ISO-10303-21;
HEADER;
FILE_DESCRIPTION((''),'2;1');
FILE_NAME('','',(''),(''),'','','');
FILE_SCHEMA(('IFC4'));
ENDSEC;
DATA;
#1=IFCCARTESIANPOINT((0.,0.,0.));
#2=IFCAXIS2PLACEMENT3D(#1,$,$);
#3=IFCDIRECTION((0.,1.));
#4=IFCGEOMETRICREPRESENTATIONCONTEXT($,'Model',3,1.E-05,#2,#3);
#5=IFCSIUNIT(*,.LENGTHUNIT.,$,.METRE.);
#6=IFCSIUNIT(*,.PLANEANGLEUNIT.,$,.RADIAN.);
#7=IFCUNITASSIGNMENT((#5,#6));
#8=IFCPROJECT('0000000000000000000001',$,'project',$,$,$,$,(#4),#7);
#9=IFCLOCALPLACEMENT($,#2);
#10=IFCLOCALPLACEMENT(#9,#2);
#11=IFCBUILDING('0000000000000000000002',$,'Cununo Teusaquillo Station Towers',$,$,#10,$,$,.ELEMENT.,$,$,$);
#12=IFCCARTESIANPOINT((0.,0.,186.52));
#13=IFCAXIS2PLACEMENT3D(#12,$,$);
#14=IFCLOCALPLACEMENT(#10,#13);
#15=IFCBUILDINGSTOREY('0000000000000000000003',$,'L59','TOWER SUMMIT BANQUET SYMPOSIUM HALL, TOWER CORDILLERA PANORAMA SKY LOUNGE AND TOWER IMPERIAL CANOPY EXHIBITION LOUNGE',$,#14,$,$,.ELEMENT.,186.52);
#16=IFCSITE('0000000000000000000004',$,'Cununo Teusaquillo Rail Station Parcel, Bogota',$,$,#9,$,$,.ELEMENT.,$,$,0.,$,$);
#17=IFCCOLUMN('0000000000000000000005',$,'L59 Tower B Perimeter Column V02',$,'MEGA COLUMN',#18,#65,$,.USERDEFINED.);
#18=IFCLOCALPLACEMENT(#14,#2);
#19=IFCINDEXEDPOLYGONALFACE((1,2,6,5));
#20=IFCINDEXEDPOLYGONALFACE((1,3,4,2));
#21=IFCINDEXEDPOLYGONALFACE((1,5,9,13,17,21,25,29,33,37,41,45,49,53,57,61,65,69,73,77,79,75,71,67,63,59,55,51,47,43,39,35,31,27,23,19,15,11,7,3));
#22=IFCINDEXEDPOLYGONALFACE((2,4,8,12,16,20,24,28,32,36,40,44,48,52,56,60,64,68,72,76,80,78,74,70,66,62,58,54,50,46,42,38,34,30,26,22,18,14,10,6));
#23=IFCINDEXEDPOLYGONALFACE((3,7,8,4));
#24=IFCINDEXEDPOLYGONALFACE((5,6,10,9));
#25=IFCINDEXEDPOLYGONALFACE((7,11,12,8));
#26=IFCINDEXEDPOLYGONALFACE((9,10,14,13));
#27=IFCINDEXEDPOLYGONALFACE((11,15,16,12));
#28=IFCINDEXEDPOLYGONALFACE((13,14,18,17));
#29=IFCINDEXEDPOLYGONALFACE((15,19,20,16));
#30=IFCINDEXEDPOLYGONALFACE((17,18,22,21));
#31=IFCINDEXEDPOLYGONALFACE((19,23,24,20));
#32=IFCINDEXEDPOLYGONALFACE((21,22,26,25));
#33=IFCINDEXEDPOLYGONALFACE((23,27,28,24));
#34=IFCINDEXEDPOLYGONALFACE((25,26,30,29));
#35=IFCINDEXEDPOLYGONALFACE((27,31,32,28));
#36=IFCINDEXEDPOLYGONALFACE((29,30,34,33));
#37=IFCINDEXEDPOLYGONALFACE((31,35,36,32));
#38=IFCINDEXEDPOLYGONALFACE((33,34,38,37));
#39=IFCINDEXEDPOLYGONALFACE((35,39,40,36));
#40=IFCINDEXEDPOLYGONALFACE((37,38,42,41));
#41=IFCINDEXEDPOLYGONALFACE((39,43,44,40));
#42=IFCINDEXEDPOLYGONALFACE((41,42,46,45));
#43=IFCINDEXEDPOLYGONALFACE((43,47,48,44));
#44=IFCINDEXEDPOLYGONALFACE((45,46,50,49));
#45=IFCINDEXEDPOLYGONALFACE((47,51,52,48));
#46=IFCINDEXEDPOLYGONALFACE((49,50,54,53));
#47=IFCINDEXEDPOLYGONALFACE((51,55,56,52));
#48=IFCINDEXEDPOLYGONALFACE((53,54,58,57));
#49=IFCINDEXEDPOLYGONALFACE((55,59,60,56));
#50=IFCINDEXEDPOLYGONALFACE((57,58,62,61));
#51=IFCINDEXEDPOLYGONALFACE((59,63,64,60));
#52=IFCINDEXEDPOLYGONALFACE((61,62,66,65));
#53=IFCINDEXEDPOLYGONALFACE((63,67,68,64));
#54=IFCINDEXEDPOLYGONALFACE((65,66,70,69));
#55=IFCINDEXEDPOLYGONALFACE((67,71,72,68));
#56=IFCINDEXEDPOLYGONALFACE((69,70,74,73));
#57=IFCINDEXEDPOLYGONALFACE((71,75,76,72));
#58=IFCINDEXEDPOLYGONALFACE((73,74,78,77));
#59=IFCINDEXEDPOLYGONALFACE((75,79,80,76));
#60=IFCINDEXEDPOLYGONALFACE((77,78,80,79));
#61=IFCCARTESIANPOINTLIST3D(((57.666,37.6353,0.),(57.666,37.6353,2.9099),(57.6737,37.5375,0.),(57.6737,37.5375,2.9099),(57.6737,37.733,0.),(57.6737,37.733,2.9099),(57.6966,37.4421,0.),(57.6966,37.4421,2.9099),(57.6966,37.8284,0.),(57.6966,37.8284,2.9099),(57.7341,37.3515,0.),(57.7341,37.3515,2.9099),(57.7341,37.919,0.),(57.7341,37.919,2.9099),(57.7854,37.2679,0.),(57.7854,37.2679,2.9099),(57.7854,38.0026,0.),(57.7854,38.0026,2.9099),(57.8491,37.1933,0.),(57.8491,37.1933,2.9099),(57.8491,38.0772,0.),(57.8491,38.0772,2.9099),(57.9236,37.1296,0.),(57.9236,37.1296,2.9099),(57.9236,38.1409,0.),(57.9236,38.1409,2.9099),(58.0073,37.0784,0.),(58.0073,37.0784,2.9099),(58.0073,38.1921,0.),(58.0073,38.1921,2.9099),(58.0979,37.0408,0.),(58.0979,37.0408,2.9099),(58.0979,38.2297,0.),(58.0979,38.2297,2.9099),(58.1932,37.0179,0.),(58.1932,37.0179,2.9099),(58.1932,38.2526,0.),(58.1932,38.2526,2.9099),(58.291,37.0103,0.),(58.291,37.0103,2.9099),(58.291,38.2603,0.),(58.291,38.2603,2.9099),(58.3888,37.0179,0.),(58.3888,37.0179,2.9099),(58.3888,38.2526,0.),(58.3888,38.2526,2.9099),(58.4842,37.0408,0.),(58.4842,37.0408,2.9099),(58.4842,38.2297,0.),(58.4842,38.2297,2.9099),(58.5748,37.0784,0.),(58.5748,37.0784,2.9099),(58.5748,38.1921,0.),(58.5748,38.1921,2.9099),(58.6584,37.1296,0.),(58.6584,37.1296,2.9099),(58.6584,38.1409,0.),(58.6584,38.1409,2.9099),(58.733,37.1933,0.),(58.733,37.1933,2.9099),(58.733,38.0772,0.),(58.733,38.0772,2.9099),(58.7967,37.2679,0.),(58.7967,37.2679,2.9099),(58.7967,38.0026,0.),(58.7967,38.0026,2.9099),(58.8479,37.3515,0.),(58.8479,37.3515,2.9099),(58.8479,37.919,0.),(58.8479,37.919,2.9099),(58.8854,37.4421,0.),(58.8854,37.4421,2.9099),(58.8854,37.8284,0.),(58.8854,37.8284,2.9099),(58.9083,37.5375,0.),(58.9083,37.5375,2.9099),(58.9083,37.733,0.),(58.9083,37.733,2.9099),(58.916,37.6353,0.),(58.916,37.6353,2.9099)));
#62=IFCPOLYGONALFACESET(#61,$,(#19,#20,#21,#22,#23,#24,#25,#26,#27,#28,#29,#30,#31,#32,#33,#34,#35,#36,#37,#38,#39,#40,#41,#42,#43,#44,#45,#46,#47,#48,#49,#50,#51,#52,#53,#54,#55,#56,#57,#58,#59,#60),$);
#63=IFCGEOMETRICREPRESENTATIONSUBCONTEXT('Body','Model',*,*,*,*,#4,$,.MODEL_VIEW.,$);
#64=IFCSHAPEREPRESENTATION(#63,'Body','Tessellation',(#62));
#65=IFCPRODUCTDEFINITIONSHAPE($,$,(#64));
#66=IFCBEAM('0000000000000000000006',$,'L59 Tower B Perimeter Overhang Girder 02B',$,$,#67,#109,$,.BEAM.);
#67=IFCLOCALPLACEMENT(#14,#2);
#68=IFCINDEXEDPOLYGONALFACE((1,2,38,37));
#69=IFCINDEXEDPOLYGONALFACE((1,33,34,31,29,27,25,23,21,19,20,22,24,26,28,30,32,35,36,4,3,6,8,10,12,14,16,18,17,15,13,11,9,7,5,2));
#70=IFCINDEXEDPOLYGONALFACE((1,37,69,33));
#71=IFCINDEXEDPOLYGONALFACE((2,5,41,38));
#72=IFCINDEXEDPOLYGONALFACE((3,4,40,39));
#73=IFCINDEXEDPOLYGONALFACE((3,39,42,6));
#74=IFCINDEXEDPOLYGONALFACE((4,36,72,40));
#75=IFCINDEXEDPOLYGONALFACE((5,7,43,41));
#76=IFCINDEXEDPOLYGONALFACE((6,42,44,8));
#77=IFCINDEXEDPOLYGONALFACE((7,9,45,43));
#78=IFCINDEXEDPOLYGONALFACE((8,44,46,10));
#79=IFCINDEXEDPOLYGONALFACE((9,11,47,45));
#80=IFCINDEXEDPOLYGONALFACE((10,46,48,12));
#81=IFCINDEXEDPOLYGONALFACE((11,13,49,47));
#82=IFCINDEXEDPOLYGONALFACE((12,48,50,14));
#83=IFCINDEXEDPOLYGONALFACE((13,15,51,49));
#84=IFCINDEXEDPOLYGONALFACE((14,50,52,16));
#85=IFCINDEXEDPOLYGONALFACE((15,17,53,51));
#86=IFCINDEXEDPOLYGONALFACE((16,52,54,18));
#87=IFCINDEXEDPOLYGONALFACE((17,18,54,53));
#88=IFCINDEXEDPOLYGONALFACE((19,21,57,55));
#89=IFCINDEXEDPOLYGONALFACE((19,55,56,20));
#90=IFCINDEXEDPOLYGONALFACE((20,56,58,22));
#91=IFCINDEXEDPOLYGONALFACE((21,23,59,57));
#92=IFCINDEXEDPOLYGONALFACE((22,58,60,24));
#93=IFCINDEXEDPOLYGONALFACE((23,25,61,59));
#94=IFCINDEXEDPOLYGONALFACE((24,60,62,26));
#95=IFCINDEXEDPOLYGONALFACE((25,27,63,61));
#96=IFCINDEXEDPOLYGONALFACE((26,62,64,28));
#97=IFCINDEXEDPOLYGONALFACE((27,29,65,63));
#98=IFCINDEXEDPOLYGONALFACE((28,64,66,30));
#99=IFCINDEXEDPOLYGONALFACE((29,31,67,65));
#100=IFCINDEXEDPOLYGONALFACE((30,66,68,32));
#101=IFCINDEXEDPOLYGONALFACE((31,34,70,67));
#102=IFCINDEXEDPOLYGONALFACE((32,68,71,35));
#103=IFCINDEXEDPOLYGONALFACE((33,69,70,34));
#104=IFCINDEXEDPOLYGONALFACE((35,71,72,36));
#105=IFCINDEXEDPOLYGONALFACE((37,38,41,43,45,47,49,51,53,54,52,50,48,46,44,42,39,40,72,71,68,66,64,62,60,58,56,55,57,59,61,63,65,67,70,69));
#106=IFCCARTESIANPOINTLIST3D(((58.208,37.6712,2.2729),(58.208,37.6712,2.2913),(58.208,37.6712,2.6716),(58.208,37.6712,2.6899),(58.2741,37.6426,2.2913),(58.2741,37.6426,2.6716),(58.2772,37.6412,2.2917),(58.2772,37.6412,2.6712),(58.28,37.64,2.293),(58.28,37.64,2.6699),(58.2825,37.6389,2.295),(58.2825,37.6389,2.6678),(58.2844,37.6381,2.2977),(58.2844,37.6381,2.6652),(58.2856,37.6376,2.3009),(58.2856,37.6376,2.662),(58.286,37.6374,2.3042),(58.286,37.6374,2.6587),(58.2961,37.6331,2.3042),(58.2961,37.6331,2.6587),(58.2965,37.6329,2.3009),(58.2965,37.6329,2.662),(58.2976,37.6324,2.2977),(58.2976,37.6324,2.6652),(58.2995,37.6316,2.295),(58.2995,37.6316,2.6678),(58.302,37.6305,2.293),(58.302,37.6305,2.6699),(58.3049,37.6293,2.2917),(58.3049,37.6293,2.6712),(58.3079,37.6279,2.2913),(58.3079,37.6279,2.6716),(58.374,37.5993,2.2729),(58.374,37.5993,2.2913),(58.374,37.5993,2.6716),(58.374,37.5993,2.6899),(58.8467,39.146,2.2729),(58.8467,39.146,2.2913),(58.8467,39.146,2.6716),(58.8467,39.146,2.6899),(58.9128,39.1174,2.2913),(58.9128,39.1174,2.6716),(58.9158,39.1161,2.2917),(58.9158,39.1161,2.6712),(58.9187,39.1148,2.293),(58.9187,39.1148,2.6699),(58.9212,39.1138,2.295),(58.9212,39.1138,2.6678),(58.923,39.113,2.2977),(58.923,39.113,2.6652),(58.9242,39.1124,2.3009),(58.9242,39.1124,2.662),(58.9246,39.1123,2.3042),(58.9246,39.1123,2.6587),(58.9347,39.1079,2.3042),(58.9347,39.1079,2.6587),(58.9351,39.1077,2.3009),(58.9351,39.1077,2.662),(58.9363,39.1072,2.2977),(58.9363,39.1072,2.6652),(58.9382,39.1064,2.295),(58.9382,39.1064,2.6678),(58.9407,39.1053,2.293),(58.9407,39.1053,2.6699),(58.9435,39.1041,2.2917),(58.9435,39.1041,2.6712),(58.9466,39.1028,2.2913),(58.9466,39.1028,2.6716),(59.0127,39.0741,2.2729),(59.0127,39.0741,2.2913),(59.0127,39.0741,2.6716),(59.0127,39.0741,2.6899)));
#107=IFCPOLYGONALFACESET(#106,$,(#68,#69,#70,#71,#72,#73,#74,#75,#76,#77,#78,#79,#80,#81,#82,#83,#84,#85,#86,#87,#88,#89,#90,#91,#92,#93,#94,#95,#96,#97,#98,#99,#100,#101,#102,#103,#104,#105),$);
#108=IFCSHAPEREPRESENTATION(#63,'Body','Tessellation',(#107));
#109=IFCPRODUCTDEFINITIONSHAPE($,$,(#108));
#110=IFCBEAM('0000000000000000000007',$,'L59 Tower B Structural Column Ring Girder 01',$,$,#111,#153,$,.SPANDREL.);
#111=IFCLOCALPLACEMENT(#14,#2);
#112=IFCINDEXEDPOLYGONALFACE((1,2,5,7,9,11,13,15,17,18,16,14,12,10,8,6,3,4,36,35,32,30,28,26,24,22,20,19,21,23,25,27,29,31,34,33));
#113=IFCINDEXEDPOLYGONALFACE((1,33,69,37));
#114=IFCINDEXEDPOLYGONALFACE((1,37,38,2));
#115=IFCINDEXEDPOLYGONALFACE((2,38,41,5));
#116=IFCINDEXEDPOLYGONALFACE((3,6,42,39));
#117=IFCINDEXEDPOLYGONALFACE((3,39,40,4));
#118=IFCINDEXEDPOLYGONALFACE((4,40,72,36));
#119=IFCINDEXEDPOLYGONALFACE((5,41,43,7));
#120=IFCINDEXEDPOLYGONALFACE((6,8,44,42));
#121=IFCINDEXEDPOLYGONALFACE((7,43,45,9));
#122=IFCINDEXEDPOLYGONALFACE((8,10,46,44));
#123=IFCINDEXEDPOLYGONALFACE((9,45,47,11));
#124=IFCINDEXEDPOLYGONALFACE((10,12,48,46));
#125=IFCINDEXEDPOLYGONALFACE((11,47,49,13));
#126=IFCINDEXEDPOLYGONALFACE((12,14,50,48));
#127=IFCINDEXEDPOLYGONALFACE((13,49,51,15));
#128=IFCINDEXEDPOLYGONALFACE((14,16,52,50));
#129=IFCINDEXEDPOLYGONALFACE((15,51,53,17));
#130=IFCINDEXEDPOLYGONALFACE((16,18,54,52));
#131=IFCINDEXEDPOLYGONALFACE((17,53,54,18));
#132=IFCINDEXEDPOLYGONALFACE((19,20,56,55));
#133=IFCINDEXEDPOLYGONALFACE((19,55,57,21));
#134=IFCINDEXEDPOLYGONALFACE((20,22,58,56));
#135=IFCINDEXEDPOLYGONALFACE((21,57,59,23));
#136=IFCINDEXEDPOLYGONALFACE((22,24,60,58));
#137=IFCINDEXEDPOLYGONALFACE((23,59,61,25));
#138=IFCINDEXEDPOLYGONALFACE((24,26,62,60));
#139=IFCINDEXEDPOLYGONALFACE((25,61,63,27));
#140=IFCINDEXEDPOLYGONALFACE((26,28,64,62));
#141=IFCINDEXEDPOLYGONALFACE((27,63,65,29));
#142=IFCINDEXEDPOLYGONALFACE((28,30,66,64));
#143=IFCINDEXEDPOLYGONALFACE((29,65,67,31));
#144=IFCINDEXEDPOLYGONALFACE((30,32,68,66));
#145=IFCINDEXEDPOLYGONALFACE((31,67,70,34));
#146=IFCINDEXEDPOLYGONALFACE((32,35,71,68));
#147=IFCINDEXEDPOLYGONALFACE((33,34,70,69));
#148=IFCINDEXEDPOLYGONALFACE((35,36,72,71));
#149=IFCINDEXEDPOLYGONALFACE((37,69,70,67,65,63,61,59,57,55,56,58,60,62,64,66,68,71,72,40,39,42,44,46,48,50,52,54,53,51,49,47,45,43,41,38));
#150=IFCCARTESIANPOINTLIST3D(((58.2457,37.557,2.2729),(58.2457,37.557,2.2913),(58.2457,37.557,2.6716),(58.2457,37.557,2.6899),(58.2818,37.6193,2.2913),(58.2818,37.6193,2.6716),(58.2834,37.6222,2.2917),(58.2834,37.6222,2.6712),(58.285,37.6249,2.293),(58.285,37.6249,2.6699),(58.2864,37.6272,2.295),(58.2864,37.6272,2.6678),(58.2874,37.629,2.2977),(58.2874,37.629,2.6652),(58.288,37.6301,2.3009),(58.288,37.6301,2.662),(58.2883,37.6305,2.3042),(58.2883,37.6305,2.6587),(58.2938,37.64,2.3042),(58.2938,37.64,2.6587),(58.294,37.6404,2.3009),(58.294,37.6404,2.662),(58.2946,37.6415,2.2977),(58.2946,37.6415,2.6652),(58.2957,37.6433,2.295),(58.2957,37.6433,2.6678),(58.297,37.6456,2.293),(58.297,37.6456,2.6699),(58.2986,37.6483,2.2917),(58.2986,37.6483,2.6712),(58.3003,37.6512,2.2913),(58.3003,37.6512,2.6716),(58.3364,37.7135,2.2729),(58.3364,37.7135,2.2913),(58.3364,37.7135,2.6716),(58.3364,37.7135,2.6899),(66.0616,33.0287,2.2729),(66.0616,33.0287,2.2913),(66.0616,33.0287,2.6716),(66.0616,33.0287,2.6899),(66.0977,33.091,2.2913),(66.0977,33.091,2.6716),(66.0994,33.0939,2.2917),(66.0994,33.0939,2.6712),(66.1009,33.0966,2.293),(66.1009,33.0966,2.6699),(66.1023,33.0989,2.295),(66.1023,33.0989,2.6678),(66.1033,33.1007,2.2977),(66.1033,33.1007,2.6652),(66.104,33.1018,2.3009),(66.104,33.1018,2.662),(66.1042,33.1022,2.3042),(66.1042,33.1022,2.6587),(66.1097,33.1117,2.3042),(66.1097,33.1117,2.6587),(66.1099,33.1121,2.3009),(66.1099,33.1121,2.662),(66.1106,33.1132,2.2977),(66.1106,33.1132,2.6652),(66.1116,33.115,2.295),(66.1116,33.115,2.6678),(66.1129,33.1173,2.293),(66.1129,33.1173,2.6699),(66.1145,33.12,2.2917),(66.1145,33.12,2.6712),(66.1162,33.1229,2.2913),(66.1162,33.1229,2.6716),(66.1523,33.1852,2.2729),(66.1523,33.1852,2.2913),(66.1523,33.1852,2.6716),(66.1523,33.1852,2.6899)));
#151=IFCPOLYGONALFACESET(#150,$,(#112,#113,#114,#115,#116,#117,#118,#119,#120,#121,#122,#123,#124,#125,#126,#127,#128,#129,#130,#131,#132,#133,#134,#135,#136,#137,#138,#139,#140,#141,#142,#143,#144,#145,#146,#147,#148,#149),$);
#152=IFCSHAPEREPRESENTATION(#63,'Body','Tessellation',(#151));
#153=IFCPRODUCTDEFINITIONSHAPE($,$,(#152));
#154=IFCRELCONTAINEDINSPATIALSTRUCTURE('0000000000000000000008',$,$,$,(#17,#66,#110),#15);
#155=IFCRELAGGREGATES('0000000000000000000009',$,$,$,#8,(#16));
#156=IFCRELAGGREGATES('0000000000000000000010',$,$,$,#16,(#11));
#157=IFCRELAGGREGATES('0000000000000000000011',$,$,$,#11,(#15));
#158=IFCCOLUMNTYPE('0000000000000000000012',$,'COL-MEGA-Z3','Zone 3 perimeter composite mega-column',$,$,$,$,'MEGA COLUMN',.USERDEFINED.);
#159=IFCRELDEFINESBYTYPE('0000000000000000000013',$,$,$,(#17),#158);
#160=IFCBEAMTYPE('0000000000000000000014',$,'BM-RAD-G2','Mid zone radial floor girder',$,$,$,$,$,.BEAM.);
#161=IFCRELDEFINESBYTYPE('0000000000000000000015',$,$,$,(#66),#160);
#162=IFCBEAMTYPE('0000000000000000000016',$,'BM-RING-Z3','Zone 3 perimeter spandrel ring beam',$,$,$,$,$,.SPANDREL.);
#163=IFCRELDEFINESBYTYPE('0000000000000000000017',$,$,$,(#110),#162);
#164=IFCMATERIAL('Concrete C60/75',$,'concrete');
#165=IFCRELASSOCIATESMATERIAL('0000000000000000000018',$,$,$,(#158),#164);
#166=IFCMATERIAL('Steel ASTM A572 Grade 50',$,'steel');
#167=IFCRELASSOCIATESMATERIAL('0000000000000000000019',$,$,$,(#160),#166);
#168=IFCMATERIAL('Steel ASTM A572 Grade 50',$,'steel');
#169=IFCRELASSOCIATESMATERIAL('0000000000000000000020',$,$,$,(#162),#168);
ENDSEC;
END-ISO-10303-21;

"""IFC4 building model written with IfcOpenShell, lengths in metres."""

from ifc_helpers import new_model, si_unit, direction, frame, origin, origin_2d, place, context, subcontext, project, spatial, circle, i_section, extrude, material, material_profile, profile_set, type_object, element, save


model = new_model("IFC4")

# Units and contexts
model_context = context("Model", 3, precision=1e-05, world=origin(), true_north=direction((0.0, 1.0)))
body_context = subcontext(model_context, "Body", "Model", "MODEL_VIEW")
ifc_project = project(units=[si_unit("LENGTHUNIT", "METRE"), si_unit("PLANEANGLEUNIT", "RADIAN")], contexts=[model_context])

# Site, building, storey
site_placement = place(None, origin())
site = spatial("IfcSite", under=ifc_project, at=site_placement, Name="Cununo Teusaquillo Rail Station Parcel, Bogota", CompositionType="ELEMENT", RefElevation=0.0)
building_placement = place(site_placement, origin())
building = spatial("IfcBuilding", under=site, at=building_placement, Name="Cununo Teusaquillo Station Towers", CompositionType="ELEMENT")
storey_placement = place(building_placement, frame((0.0, 0.0, 186.52)))
storey = spatial("IfcBuildingStorey", under=building, at=storey_placement, Name="L59", Description="TOWER SUMMIT BANQUET SYMPOSIUM HALL, TOWER CORDILLERA PANORAMA SKY LOUNGE AND TOWER IMPERIAL CANOPY EXHIBITION LOUNGE", CompositionType="ELEMENT", Elevation=186.52)

# Column
ifc_material_1 = material(Name="Concrete C60/75", Category="concrete")
ifc_material_profile_1 = material_profile(ifc_material_1, circle(Radius=0.625, at=origin_2d()), Name="RC-CIRC-1250")
ifc_profile_set_1 = profile_set([ifc_material_profile_1], Name="Concrete C60/75")
column_type = type_object("IfcColumnType", Name="COL-MEGA-Z3", Description="Zone 3 perimeter composite mega-column", ElementType="MEGA COLUMN", PredefinedType="USERDEFINED", material=ifc_profile_set_1)
column_placement = place(storey_placement, frame((58.291, 37.6353, 0.0), z_axis=(0.0, 0.0, 1.0), x_axis=(1.0, 0.0, 0.0)))
element("IfcColumn", 1, at=column_placement, inside=storey, type_object=column_type, Name="L59 Tower B Perimeter Column V02", ObjectType="MEGA COLUMN", PredefinedType="USERDEFINED", context=body_context, shape_type="SweptSolid", body=[
    extrude(circle(Radius=0.625, at=origin_2d()), origin(), (0.0, 0.0, 1.0), 2.9099),
])

# Beams
ifc_material_2 = material(Name="Steel ASTM A572 Grade 50", Category="steel")
ifc_material_profile_2 = material_profile(ifc_material_2, i_section(OverallWidth=0.1809, OverallDepth=0.417, WebThickness=0.011, FlangeThickness=0.0183, FilletRadius=0.0129, at=origin_2d()), Name="W16X57")
ifc_profile_set_2 = profile_set([ifc_material_profile_2], Name="Steel ASTM A572 Grade 50")
beam_type_1 = type_object("IfcBeamType", Name="BM-RAD-G2", Description="Mid zone radial floor girder", PredefinedType="BEAM", material=ifc_profile_set_2)
beam_1_placement = place(storey_placement, frame((58.291, 37.6353, 2.4814), z_axis=(0.397381, 0.917654, 0.0), x_axis=(-0.917654, 0.397381, 0.0)))
element("IfcBeam", 2, at=beam_1_placement, inside=storey, type_object=beam_type_1, Name="L59 Tower B Perimeter Overhang Girder 02B", PredefinedType="BEAM", context=body_context, shape_type="SweptSolid", body=[
    extrude(i_section(OverallWidth=0.1809, OverallDepth=0.417, WebThickness=0.011, FlangeThickness=0.0183, FilletRadius=0.0129, at=origin_2d()), origin(), (0.0, 0.0, 1.0), 1.6072),
])
ifc_material_3 = material(Name="Steel ASTM A572 Grade 50", Category="steel")
ifc_material_profile_3 = material_profile(ifc_material_3, i_section(OverallWidth=0.1809, OverallDepth=0.417, WebThickness=0.011, FlangeThickness=0.0183, FilletRadius=0.0129, at=origin_2d()), Name="W16X57")
ifc_profile_set_3 = profile_set([ifc_material_profile_3], Name="Steel ASTM A572 Grade 50")
beam_type_2 = type_object("IfcBeamType", Name="BM-RING-Z3", Description="Zone 3 perimeter spandrel ring beam", PredefinedType="SPANDREL", material=ifc_profile_set_3)
beam_2_placement = place(storey_placement, frame((66.1069, 33.1069, 2.4814), z_axis=(-0.865267, 0.501311, 0.0), x_axis=(-0.501311, -0.865267, 0.0)))
element("IfcBeam", 3, at=beam_2_placement, inside=storey, type_object=beam_type_2, Name="L59 Tower B Structural Column Ring Girder 01", PredefinedType="SPANDREL", context=body_context, shape_type="SweptSolid", body=[
    extrude(i_section(OverallWidth=0.1809, OverallDepth=0.417, WebThickness=0.011, FlangeThickness=0.0183, FilletRadius=0.0129, at=origin_2d()), origin(), (0.0, 0.0, 1.0), 9.033),
])

save(model, "model.ifc")
